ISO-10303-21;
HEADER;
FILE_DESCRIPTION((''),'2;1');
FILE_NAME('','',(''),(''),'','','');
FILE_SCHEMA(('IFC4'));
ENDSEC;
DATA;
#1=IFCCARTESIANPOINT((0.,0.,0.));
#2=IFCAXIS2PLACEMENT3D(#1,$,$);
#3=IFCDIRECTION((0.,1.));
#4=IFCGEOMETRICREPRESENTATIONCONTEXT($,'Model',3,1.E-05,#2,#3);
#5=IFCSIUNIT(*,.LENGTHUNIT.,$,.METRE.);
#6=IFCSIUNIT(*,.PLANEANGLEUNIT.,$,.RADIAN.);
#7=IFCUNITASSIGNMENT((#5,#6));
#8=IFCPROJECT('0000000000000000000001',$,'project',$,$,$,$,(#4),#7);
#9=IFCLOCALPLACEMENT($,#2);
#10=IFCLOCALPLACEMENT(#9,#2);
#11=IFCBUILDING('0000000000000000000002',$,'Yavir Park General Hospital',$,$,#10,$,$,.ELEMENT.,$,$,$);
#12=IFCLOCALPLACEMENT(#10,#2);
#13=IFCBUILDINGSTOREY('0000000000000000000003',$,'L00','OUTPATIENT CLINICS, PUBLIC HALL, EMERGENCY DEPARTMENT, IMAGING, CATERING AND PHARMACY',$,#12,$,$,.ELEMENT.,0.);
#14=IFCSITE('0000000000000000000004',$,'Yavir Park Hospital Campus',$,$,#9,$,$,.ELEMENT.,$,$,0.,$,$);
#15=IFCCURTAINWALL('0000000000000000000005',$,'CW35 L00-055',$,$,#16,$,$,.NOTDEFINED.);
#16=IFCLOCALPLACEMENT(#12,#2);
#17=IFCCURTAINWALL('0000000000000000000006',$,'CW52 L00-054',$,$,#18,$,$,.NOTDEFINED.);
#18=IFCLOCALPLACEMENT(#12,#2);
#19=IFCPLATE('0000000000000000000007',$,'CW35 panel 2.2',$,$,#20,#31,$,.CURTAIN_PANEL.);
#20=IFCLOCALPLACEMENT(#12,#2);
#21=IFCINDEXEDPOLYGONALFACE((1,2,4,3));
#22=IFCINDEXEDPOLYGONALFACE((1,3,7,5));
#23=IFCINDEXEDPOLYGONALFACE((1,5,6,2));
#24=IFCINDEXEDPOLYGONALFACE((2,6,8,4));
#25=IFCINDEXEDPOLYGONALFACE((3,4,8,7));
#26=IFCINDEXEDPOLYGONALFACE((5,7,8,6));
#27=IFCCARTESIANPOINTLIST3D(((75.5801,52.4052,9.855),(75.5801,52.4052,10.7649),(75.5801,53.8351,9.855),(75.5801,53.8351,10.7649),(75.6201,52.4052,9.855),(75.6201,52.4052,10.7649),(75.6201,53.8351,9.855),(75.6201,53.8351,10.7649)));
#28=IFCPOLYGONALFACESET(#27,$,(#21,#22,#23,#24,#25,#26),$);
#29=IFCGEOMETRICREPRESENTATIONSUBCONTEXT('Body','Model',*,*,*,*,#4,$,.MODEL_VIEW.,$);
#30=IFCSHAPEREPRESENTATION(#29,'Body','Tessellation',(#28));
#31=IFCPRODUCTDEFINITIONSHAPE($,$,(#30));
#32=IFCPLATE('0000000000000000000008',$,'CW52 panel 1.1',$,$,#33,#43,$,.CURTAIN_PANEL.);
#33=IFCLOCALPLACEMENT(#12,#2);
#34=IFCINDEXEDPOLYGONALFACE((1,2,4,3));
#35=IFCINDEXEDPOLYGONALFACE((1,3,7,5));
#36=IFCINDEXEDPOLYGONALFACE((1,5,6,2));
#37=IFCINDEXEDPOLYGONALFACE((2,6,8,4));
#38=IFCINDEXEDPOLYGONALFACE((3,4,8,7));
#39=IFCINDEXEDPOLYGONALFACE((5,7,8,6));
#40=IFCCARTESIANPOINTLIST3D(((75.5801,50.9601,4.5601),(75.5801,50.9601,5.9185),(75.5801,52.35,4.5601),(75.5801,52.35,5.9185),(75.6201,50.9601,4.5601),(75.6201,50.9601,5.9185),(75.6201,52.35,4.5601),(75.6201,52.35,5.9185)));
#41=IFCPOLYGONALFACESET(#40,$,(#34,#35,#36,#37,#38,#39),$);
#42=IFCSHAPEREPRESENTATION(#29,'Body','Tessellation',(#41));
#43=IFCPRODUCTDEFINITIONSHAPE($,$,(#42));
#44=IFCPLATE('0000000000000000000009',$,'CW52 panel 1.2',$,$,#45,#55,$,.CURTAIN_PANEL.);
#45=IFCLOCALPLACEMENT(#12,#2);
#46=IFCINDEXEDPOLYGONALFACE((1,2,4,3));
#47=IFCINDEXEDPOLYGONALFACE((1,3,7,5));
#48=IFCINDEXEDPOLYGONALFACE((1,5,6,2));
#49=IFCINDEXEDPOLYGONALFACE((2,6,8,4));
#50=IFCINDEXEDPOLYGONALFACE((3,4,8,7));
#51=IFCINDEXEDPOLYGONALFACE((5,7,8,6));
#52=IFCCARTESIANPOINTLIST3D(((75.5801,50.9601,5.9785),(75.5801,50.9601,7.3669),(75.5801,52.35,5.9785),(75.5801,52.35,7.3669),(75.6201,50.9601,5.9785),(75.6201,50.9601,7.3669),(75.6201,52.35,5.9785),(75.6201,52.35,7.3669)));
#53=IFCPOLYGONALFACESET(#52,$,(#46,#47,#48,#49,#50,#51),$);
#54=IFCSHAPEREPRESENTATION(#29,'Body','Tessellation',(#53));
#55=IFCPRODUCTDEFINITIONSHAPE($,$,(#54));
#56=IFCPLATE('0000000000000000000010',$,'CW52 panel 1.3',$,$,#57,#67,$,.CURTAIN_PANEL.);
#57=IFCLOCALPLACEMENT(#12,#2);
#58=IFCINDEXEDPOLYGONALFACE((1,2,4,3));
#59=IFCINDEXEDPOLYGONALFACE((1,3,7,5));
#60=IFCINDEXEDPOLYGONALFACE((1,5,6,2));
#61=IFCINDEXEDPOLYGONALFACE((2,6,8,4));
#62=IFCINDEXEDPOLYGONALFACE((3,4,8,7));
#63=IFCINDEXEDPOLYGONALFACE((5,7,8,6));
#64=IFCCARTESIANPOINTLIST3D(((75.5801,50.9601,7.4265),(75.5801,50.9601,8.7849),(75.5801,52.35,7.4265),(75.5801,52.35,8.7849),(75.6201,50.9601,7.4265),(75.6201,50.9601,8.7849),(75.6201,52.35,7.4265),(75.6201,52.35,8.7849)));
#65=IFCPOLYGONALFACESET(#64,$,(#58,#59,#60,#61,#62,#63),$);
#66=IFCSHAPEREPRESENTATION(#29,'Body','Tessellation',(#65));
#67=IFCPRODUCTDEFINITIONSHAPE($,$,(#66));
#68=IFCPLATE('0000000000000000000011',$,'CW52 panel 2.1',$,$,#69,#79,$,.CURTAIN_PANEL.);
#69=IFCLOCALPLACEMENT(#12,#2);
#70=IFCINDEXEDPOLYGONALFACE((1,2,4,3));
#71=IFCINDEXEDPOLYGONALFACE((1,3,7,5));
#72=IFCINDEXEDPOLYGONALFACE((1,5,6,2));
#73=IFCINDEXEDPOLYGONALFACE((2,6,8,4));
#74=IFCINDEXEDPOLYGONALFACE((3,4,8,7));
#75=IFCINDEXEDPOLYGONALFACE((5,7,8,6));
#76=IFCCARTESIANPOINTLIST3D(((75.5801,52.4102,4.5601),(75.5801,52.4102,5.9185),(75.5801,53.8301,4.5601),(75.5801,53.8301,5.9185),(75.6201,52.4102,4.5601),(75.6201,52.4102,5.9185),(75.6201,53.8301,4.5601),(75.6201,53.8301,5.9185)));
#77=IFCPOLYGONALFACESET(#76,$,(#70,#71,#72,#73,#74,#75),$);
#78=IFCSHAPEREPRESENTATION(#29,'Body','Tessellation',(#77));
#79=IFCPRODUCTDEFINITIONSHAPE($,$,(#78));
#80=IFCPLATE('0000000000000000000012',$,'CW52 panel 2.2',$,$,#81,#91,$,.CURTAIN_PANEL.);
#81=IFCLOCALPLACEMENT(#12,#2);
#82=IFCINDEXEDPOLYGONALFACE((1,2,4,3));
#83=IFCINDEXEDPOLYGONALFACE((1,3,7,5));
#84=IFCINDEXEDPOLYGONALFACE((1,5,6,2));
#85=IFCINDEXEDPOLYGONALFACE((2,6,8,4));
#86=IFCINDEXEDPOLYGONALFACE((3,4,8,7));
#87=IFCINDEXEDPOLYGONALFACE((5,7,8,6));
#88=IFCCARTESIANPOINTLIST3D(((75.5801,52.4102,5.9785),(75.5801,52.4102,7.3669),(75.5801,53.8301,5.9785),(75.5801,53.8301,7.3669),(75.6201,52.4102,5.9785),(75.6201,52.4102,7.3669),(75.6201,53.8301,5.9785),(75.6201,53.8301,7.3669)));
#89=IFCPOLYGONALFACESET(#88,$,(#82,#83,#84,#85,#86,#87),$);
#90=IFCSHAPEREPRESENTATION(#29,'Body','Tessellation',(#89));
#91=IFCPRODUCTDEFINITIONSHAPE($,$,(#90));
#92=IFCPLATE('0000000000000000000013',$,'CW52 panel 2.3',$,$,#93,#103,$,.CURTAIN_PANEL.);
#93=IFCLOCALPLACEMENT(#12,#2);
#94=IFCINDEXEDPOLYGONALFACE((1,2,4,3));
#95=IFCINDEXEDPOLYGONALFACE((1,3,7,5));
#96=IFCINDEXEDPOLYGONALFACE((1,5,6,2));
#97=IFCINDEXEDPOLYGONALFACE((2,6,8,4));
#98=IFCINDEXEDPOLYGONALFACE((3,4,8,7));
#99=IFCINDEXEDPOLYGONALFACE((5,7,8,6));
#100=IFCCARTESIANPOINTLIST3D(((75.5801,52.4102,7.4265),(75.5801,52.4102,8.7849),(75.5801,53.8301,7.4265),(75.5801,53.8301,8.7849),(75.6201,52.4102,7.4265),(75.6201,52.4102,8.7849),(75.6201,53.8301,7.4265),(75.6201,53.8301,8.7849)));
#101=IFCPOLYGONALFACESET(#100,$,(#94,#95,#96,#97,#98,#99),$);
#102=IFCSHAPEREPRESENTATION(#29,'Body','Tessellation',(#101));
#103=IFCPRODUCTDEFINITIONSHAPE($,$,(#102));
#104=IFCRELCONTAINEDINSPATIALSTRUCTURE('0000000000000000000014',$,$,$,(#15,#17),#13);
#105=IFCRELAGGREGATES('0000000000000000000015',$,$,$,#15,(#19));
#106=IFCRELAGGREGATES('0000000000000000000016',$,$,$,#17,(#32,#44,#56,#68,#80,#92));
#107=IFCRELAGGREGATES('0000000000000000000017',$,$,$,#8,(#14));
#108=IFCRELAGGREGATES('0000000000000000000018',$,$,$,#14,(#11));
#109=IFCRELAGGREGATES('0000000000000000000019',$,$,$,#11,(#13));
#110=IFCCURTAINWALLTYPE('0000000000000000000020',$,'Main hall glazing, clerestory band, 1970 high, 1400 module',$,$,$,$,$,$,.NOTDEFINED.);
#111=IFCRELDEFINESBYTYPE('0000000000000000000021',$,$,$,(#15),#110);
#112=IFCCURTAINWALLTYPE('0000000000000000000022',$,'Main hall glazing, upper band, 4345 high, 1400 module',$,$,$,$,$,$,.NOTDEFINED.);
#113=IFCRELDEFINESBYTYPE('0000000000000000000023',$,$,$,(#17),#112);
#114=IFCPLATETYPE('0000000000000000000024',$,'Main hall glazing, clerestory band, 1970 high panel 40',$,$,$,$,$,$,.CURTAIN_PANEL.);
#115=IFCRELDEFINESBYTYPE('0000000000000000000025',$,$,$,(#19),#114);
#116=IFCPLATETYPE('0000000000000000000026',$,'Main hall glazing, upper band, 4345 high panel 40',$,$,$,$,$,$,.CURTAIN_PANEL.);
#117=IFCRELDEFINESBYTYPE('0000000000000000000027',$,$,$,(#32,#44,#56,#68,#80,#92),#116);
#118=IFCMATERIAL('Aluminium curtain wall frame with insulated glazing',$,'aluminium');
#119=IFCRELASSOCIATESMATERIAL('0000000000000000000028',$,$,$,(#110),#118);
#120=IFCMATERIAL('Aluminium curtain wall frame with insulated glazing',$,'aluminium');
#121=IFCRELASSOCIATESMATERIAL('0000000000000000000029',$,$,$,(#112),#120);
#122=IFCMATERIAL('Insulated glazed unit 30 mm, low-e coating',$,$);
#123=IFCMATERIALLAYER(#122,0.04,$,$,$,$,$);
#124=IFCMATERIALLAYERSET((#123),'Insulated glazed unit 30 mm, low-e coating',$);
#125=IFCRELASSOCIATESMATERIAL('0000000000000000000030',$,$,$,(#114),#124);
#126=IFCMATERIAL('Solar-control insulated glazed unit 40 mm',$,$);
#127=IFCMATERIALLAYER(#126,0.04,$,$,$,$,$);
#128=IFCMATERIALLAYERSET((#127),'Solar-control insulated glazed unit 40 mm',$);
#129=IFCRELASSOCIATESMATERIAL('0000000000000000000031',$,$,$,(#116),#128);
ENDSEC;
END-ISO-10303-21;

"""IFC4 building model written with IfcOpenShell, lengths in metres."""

from ifc_helpers import new_model, si_unit, direction, frame, origin, origin_2d, place, context, subcontext, project, spatial, rectangle, extrude, material, layer, layer_set, type_object, element, aggregate, save


model = new_model("IFC4")

# Units and contexts
model_context = context("Model", 3, precision=1e-05, world=origin(), true_north=direction((0.0, 1.0)))
body_context = subcontext(model_context, "Body", "Model", "MODEL_VIEW")
ifc_project = project(units=[si_unit("LENGTHUNIT", "METRE"), si_unit("PLANEANGLEUNIT", "RADIAN")], contexts=[model_context])

# Site, building, storey
site_placement = place(None, origin())
site = spatial("IfcSite", under=ifc_project, at=site_placement, Name="Yavir Park Hospital Campus", CompositionType="ELEMENT", RefElevation=0.0)
building_placement = place(site_placement, origin())
building = spatial("IfcBuilding", under=site, at=building_placement, Name="Yavir Park General Hospital", CompositionType="ELEMENT")
storey_placement = place(building_placement, origin())
storey = spatial("IfcBuildingStorey", under=building, at=storey_placement, Name="L00", Description="OUTPATIENT CLINICS, PUBLIC HALL, EMERGENCY DEPARTMENT, IMAGING, CATERING AND PHARMACY", CompositionType="ELEMENT", Elevation=0.0)

# Shared definitions
ifc_material_1 = material(Name="Aluminium curtain wall frame with insulated glazing", Category="aluminium")
curtain_wall_type_1 = type_object("IfcCurtainWallType", Name="Main hall glazing, clerestory band, 1970 high, 1400 module", PredefinedType="NOTDEFINED", material=ifc_material_1)

# Curtain walls
curtain_wall_1_placement = place(storey_placement, origin())
curtain_wall_1 = element("IfcCurtainWall", 1, at=curtain_wall_1_placement, inside=storey, type_object=curtain_wall_type_1, Name="CW35 L00-055", PredefinedType="NOTDEFINED")
ifc_material_2 = material(Name="Aluminium curtain wall frame with insulated glazing", Category="aluminium")
curtain_wall_type_2 = type_object("IfcCurtainWallType", Name="Main hall glazing, upper band, 4345 high, 1400 module", PredefinedType="NOTDEFINED", material=ifc_material_2)
curtain_wall_2_placement = place(storey_placement, origin())
curtain_wall_2 = element("IfcCurtainWall", 2, at=curtain_wall_2_placement, inside=storey, type_object=curtain_wall_type_2, Name="CW52 L00-054", PredefinedType="NOTDEFINED")

# Plates
ifc_material_3 = material(Name="Insulated glazed unit 30 mm, low-e coating")
ifc_layer_1 = layer(ifc_material_3, 0.04)
ifc_layer_set_1 = layer_set([ifc_layer_1], Name="Insulated glazed unit 30 mm, low-e coating")
plate_type_1 = type_object("IfcPlateType", Name="Main hall glazing, clerestory band, 1970 high panel 40", PredefinedType="CURTAIN_PANEL", material=ifc_layer_set_1)
plate_1_placement = place(storey_placement, frame((75.6001, 53.1201, 9.855), z_axis=(0.0, 0.0, 1.0), x_axis=(0.0, 1.0, 0.0)))
plate_1 = element("IfcPlate", 3, at=plate_1_placement, type_object=plate_type_1, Name="CW35 panel 2.2", PredefinedType="CURTAIN_PANEL", context=body_context, shape_type="SweptSolid", body=[
    extrude(rectangle(XDim=1.4299, YDim=0.04, at=origin_2d()), origin(), (0.0, 0.0, 1.0), 0.9099),
])
aggregate(curtain_wall_1, [plate_1])
ifc_material_4 = material(Name="Solar-control insulated glazed unit 40 mm")
ifc_layer_2 = layer(ifc_material_4, 0.04)
ifc_layer_set_2 = layer_set([ifc_layer_2], Name="Solar-control insulated glazed unit 40 mm")
plate_type_2 = type_object("IfcPlateType", Name="Main hall glazing, upper band, 4345 high panel 40", PredefinedType="CURTAIN_PANEL", material=ifc_layer_set_2)
plate_2_placement = place(storey_placement, frame((75.6001, 51.655, 4.5601), z_axis=(0.0, 0.0, 1.0), x_axis=(0.0, 1.0, 0.0)))
plate_2 = element("IfcPlate", 4, at=plate_2_placement, type_object=plate_type_2, Name="CW52 panel 1.1", PredefinedType="CURTAIN_PANEL", context=body_context, shape_type="SweptSolid", body=[
    extrude(rectangle(XDim=1.3899, YDim=0.04, at=origin_2d()), origin(), (0.0, 0.0, 1.0), 1.3584),
])
plate_3_placement = place(storey_placement, frame((75.6001, 51.655, 5.9785), z_axis=(0.0, 0.0, 1.0), x_axis=(0.0, 1.0, 0.0)))
plate_3 = element("IfcPlate", 5, at=plate_3_placement, type_object=plate_type_2, Name="CW52 panel 1.2", PredefinedType="CURTAIN_PANEL", context=body_context, shape_type="SweptSolid", body=[
    extrude(rectangle(XDim=1.3899, YDim=0.04, at=origin_2d()), origin(), (0.0, 0.0, 1.0), 1.3884),
])
plate_4_placement = place(storey_placement, frame((75.6001, 51.655, 7.4265), z_axis=(0.0, 0.0, 1.0), x_axis=(0.0, 1.0, 0.0)))
plate_4 = element("IfcPlate", 6, at=plate_4_placement, type_object=plate_type_2, Name="CW52 panel 1.3", PredefinedType="CURTAIN_PANEL", context=body_context, shape_type="SweptSolid", body=[
    extrude(rectangle(XDim=1.3899, YDim=0.04, at=origin_2d()), origin(), (0.0, 0.0, 1.0), 1.3584),
])
plate_5_placement = place(storey_placement, frame((75.6001, 53.1201, 4.5601), z_axis=(0.0, 0.0, 1.0), x_axis=(0.0, 1.0, 0.0)))
plate_5 = element("IfcPlate", 7, at=plate_5_placement, type_object=plate_type_2, Name="CW52 panel 2.1", PredefinedType="CURTAIN_PANEL", context=body_context, shape_type="SweptSolid", body=[
    extrude(rectangle(XDim=1.4199, YDim=0.04, at=origin_2d()), origin(), (0.0, 0.0, 1.0), 1.3584),
])
plate_6_placement = place(storey_placement, frame((75.6001, 53.1201, 5.9785), z_axis=(0.0, 0.0, 1.0), x_axis=(0.0, 1.0, 0.0)))
plate_6 = element("IfcPlate", 8, at=plate_6_placement, type_object=plate_type_2, Name="CW52 panel 2.2", PredefinedType="CURTAIN_PANEL", context=body_context, shape_type="SweptSolid", body=[
    extrude(rectangle(XDim=1.4199, YDim=0.04, at=origin_2d()), origin(), (0.0, 0.0, 1.0), 1.3884),
])
plate_7_placement = place(storey_placement, frame((75.6001, 53.1201, 7.4265), z_axis=(0.0, 0.0, 1.0), x_axis=(0.0, 1.0, 0.0)))
plate_7 = element("IfcPlate", 9, at=plate_7_placement, type_object=plate_type_2, Name="CW52 panel 2.3", PredefinedType="CURTAIN_PANEL", context=body_context, shape_type="SweptSolid", body=[
    extrude(rectangle(XDim=1.4199, YDim=0.04, at=origin_2d()), origin(), (0.0, 0.0, 1.0), 1.3584),
])
aggregate(curtain_wall_2, [plate_2, plate_3, plate_4, plate_5, plate_6, plate_7])

save(model, "model.ifc")
